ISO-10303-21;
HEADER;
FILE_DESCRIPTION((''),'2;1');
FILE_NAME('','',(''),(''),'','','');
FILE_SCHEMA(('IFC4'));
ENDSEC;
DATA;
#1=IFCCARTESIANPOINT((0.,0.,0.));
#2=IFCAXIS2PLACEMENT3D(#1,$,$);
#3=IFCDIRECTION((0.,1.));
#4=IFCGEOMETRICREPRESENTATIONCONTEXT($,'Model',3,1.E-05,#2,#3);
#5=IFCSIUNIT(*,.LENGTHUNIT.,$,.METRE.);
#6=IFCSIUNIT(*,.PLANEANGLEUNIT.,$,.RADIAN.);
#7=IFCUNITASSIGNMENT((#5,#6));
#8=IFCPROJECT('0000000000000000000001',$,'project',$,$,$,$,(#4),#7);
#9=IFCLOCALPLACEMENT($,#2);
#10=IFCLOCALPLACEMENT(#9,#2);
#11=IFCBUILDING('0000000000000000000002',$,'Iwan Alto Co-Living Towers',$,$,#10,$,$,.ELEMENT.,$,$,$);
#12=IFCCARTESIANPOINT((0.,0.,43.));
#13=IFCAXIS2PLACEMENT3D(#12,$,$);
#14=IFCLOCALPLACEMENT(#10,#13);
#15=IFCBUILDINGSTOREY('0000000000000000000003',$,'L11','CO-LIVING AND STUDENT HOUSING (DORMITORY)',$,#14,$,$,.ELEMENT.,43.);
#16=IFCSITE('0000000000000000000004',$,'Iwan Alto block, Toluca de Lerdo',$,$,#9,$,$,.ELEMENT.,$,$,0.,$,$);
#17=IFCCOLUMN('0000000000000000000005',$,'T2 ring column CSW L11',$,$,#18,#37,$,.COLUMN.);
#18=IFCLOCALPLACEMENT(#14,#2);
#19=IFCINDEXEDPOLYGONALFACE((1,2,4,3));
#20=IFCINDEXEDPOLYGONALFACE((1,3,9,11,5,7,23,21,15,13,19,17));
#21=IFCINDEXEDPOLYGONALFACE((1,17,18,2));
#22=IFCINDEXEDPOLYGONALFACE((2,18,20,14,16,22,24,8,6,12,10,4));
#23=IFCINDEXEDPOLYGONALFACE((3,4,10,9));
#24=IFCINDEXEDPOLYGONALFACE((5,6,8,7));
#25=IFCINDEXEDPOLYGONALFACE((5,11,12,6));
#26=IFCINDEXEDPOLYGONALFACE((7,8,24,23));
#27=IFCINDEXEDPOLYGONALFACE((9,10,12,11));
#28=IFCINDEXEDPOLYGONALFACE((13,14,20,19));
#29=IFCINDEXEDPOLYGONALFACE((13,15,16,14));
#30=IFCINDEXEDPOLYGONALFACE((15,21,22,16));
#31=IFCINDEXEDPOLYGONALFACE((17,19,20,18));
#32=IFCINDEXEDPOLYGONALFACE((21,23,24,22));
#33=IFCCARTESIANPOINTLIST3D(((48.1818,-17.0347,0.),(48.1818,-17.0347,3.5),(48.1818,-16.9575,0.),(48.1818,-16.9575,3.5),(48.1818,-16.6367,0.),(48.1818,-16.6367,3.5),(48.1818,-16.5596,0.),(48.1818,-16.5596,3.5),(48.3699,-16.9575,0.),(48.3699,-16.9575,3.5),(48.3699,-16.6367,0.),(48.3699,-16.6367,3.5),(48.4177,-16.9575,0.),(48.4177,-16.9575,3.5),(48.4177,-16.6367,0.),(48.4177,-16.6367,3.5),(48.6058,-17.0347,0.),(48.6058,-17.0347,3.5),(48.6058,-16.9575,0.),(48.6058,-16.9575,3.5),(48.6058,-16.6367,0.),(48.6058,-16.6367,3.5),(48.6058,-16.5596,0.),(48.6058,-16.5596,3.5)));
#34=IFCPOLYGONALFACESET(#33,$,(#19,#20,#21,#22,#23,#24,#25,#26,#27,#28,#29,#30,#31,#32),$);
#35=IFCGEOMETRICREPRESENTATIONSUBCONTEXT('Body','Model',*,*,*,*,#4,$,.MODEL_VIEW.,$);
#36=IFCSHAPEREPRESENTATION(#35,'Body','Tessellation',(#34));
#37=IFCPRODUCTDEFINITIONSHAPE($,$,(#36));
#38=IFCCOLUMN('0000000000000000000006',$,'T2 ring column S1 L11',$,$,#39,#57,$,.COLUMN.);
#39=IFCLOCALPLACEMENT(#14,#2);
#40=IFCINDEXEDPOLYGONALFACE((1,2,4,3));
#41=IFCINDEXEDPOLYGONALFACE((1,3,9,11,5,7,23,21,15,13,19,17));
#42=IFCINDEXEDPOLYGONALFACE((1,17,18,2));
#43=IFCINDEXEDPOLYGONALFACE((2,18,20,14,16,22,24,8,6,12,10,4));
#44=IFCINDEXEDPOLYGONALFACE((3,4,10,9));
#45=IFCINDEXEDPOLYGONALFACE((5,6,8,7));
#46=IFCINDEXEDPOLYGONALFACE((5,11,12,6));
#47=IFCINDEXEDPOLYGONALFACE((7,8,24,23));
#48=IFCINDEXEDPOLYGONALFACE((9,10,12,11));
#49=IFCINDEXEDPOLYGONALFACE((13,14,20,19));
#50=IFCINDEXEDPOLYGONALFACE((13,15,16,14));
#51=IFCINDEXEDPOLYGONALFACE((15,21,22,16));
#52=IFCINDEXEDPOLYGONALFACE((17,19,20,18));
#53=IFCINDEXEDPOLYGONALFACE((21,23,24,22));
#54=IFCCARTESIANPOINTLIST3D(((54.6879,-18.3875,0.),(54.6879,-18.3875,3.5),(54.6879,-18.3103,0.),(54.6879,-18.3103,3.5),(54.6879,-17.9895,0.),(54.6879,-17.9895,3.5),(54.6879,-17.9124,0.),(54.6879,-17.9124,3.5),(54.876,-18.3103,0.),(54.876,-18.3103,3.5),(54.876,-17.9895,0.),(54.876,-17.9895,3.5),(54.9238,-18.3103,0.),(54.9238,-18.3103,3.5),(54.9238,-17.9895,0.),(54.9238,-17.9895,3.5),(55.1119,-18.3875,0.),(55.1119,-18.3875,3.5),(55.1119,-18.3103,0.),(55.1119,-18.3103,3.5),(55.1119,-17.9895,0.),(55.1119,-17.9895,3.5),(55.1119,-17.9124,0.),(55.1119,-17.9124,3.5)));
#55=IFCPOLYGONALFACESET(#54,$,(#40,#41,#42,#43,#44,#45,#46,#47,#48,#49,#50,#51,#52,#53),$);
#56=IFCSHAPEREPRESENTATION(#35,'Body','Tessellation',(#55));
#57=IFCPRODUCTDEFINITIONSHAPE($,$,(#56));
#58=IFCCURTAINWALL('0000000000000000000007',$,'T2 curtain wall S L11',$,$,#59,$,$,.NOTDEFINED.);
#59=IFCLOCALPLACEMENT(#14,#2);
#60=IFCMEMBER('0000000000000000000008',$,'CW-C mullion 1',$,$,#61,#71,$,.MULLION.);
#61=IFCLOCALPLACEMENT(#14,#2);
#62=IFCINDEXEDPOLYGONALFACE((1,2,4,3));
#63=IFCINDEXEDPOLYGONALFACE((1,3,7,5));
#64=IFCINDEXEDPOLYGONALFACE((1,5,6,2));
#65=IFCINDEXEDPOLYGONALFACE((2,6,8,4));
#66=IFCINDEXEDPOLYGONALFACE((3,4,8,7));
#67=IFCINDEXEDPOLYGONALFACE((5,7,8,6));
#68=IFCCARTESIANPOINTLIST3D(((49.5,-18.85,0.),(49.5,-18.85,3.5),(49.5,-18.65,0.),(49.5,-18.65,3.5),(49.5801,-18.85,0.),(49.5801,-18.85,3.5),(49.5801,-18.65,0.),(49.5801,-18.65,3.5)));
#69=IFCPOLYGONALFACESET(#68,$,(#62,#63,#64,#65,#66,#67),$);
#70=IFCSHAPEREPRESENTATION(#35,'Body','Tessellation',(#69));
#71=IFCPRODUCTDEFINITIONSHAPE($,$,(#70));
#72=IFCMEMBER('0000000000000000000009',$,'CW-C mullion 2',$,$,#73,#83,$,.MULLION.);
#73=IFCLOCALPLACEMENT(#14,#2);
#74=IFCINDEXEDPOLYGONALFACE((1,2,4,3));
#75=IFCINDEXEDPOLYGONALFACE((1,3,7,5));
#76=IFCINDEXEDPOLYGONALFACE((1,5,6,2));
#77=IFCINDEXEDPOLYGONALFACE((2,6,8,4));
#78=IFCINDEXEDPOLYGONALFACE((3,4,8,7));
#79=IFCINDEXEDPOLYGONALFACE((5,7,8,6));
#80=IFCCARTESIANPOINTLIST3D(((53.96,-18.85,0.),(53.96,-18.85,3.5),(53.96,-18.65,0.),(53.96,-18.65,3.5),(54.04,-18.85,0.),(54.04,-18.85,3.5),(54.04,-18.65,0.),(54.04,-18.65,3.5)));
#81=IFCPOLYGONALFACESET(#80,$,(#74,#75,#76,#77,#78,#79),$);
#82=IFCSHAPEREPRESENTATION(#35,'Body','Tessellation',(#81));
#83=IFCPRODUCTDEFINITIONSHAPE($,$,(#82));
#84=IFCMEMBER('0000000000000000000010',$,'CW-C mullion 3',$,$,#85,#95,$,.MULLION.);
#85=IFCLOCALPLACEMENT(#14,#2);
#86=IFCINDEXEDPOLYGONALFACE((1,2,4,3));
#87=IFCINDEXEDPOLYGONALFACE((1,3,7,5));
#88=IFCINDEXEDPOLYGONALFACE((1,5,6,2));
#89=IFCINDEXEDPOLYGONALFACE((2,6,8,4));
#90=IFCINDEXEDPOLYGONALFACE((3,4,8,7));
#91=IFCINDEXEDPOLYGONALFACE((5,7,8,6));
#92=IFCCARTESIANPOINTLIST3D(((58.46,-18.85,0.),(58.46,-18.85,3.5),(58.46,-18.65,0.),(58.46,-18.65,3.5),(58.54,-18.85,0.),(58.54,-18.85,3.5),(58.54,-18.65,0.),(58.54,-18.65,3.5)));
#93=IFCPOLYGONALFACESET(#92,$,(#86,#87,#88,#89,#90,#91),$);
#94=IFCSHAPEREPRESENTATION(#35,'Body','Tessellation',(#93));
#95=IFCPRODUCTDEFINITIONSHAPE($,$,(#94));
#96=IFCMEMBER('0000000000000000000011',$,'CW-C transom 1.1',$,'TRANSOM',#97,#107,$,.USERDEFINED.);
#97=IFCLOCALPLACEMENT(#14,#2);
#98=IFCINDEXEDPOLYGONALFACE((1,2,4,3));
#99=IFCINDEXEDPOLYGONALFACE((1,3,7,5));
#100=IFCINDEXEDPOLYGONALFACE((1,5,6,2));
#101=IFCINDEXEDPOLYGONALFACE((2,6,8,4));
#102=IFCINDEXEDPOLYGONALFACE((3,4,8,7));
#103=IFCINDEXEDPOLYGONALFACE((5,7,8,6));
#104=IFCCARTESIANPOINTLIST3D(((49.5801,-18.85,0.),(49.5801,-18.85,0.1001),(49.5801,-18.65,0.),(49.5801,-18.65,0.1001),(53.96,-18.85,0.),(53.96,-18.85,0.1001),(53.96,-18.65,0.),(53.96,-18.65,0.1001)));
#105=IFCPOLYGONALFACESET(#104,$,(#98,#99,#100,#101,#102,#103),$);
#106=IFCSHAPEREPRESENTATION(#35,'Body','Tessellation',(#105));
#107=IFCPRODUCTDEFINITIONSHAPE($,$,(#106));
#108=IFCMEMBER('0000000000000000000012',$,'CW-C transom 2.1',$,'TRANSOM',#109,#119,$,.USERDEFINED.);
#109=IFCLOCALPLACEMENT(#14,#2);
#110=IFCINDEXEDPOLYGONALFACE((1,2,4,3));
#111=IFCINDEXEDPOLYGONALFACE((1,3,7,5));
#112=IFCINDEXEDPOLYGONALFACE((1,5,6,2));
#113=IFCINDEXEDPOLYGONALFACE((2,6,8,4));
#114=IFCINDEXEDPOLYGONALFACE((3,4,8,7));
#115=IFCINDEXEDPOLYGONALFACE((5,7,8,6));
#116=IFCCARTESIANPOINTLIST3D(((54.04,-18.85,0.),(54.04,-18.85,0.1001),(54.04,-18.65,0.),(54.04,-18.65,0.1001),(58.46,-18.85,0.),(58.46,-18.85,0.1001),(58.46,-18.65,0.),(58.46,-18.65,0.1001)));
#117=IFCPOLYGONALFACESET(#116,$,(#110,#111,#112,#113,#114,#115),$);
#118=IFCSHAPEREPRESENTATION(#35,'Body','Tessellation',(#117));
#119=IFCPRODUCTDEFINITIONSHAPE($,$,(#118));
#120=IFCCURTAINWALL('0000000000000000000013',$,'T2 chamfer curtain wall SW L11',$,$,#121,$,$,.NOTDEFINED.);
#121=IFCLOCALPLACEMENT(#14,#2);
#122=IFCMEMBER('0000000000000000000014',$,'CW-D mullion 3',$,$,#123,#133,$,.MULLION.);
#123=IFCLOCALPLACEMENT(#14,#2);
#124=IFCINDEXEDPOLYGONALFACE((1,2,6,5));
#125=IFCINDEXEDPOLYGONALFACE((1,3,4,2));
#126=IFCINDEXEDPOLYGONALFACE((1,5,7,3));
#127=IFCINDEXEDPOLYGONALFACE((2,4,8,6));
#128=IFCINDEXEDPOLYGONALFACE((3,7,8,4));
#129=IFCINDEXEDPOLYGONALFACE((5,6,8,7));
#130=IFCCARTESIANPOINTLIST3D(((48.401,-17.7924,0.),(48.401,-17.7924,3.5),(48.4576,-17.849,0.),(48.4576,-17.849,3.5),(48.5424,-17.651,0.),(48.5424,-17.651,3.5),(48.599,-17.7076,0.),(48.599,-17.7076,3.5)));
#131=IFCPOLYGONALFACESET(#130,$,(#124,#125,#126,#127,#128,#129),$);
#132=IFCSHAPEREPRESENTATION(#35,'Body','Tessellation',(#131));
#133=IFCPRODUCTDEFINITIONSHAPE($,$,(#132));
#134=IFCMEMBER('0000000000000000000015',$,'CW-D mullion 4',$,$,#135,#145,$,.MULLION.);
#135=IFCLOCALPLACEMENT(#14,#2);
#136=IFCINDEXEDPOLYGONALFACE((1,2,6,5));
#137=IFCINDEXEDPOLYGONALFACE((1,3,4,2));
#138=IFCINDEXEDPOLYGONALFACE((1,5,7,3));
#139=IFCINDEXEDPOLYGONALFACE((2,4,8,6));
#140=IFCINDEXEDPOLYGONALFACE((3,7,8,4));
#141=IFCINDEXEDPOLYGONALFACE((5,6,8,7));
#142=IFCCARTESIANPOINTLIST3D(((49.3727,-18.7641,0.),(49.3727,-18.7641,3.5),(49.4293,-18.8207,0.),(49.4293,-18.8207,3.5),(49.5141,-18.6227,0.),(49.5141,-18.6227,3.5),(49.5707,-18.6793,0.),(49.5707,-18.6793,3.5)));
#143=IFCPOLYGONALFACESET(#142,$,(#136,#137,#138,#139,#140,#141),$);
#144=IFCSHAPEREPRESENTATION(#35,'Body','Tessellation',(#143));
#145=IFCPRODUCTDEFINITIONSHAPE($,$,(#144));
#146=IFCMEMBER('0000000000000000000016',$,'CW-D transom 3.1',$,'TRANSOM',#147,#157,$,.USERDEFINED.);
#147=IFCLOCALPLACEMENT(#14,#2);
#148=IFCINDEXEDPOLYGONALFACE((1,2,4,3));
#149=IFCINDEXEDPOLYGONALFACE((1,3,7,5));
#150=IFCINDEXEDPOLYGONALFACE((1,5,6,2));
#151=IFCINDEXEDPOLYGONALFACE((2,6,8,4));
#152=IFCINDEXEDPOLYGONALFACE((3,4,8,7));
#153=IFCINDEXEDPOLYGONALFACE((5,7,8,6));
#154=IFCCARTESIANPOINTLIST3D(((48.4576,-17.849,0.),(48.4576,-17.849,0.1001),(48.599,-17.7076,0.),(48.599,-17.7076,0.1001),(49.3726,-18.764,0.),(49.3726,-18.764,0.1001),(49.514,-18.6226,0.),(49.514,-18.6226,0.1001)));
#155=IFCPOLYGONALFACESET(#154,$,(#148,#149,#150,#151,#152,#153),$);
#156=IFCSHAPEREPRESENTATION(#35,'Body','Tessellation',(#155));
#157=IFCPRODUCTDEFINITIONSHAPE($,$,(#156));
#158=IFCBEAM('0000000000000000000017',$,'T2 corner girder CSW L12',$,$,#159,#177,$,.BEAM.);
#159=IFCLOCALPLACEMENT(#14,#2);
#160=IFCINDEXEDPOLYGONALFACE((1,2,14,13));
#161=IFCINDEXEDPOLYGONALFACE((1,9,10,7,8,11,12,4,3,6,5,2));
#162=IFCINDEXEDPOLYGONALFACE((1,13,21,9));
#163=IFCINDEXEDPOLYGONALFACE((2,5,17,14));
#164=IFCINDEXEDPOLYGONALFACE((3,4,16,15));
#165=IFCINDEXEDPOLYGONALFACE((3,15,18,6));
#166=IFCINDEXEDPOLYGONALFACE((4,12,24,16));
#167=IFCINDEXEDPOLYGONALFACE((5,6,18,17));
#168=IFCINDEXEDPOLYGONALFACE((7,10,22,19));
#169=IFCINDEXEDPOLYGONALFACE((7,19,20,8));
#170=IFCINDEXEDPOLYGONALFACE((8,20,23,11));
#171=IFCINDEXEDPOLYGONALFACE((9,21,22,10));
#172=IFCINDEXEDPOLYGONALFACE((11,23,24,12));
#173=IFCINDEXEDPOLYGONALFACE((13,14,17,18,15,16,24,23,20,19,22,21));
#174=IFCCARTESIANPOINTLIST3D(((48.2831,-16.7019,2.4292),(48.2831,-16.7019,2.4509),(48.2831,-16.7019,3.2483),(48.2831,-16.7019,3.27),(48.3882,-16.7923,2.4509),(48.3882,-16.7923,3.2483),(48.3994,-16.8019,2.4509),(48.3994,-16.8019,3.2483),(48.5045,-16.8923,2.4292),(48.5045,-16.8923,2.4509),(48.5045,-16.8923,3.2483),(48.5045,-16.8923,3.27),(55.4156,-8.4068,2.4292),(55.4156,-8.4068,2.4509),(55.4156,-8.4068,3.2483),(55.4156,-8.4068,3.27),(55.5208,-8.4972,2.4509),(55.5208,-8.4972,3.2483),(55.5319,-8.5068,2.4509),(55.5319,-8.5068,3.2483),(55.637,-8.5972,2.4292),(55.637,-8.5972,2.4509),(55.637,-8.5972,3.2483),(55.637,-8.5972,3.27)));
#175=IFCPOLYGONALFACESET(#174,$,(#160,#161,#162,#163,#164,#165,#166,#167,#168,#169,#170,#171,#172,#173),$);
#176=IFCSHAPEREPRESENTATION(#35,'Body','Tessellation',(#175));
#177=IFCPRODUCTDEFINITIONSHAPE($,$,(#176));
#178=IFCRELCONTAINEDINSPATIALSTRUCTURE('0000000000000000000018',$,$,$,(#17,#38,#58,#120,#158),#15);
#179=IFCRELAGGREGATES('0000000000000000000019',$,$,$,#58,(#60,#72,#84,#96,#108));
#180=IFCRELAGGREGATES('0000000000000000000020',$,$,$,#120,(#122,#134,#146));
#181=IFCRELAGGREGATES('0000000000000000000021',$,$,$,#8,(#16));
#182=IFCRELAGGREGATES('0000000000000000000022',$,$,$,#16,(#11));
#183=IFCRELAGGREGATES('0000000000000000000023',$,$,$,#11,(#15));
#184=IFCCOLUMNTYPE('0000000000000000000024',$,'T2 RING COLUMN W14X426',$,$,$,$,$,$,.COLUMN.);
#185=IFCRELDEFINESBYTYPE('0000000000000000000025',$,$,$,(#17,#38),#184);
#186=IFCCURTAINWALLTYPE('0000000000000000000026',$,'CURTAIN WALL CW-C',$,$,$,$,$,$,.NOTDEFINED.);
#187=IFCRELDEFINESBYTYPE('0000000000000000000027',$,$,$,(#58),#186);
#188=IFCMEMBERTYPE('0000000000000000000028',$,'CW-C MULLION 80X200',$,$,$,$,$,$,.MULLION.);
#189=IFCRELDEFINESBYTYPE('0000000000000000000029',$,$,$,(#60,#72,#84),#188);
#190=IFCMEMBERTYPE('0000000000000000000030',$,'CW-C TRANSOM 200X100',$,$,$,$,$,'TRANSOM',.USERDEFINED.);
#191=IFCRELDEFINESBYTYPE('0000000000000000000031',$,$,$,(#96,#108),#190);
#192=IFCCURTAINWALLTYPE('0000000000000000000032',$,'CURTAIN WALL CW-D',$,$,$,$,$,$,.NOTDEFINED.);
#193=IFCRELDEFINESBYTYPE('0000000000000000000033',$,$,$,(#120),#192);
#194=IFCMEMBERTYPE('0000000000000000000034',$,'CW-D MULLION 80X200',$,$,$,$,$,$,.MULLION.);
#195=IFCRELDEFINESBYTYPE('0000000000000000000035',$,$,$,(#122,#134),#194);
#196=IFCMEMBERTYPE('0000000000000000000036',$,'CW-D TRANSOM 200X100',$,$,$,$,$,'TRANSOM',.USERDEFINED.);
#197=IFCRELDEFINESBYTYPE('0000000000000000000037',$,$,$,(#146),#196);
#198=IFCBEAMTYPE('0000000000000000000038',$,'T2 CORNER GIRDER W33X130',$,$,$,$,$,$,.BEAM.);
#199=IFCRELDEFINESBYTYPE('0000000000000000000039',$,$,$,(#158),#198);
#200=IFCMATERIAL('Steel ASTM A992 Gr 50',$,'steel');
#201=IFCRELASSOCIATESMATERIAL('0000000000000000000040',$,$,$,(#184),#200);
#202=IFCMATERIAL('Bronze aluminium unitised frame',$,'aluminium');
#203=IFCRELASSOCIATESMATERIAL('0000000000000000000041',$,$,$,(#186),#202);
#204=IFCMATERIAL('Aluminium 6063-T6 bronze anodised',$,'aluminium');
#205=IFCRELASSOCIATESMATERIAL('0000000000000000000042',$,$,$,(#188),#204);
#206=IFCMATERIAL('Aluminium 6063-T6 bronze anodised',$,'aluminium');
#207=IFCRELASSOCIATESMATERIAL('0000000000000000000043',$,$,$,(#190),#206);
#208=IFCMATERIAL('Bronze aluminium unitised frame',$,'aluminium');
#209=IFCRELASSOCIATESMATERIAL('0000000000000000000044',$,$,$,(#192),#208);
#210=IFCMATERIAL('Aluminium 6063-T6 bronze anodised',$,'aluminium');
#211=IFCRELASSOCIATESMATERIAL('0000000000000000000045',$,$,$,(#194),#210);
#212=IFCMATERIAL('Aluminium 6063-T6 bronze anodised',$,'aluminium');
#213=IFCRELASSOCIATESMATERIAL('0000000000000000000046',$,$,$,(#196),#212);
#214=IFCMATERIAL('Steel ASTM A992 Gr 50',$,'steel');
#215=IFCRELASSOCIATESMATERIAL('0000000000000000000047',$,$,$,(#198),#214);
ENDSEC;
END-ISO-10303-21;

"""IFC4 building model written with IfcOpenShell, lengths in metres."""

from ifc_helpers import new_model, si_unit, direction, frame, origin, origin_2d, place, context, subcontext, project, spatial, rectangle, i_section, extrude, material, material_profile, profile_set, type_object, element, aggregate, save


model = new_model("IFC4")

# Units and contexts
model_context = context("Model", 3, precision=1e-05, world=origin(), true_north=direction((0.0, 1.0)))
body_context = subcontext(model_context, "Body", "Model", "MODEL_VIEW")
ifc_project = project(units=[si_unit("LENGTHUNIT", "METRE"), si_unit("PLANEANGLEUNIT", "RADIAN")], contexts=[model_context])

# Site, building, storey
site_placement = place(None, origin())
site = spatial("IfcSite", under=ifc_project, at=site_placement, Name="Iwan Alto block, Toluca de Lerdo", CompositionType="ELEMENT", RefElevation=0.0)
building_placement = place(site_placement, origin())
building = spatial("IfcBuilding", under=site, at=building_placement, Name="Iwan Alto Co-Living Towers", CompositionType="ELEMENT")
storey_placement = place(building_placement, frame((0.0, 0.0, 43.0)))
storey = spatial("IfcBuildingStorey", under=building, at=storey_placement, Name="L11", Description="CO-LIVING AND STUDENT HOUSING (DORMITORY)", CompositionType="ELEMENT", Elevation=43.0)

# Columns
ifc_material_1 = material(Name="Steel ASTM A992 Gr 50", Category="steel")
ifc_material_profile_1 = material_profile(ifc_material_1, i_section(OverallWidth=0.4241, OverallDepth=0.4751, WebThickness=0.0479, FlangeThickness=0.0771, at=origin_2d()), Name="W14X426")
ifc_profile_set_1 = profile_set([ifc_material_profile_1], Name="Steel ASTM A992 Gr 50")
column_type = type_object("IfcColumnType", Name="T2 RING COLUMN W14X426", PredefinedType="COLUMN", material=ifc_profile_set_1)
for number, where, z_axis, x_axis, name in (
    (1, (48.3938, -16.7971, 0.0), (0.0, 0.0, 1.0), (1.0, 0.0, 0.0), "T2 ring column CSW L11"),
    (2, (54.8999, -18.1499, 0.0), (0.0, 0.0, 1.0), (1.0, 0.0, 0.0), "T2 ring column S1 L11"),
):
    element("IfcColumn", number, at=place(storey_placement, frame(where, z_axis=z_axis, x_axis=x_axis)), inside=storey, type_object=column_type, Name=name, PredefinedType="COLUMN", context=body_context, shape_type="SweptSolid", body=[
        extrude(i_section(OverallWidth=0.4241, OverallDepth=0.4751, WebThickness=0.0479, FlangeThickness=0.0771, at=origin_2d()), origin(), (0.0, 0.0, 1.0), 3.5),
    ])

# Curtain walls, members
ifc_material_2 = material(Name="Bronze aluminium unitised frame", Category="aluminium")
curtain_wall_type_1 = type_object("IfcCurtainWallType", Name="CURTAIN WALL CW-C", PredefinedType="NOTDEFINED", material=ifc_material_2)
curtain_wall_1_placement = place(storey_placement, origin())
curtain_wall_1 = element("IfcCurtainWall", 3, at=curtain_wall_1_placement, inside=storey, type_object=curtain_wall_type_1, Name="T2 curtain wall S L11", PredefinedType="NOTDEFINED")
ifc_material_3 = material(Name="Aluminium 6063-T6 bronze anodised", Category="aluminium")
ifc_material_profile_2 = material_profile(ifc_material_3, rectangle(XDim=0.2, YDim=0.0801, at=origin_2d()), Name="AL 80X200")
ifc_profile_set_2 = profile_set([ifc_material_profile_2], Name="Aluminium 6063-T6 bronze anodised")
member_type_1 = type_object("IfcMemberType", Name="CW-C MULLION 80X200", PredefinedType="MULLION", material=ifc_profile_set_2)
member_1_placement = place(storey_placement, frame((49.54, -18.75, 0.0), z_axis=(0.0, 0.0, 1.0), x_axis=(0.0, 1.0, 0.0)))
member_1 = element("IfcMember", 4, at=member_1_placement, type_object=member_type_1, Name="CW-C mullion 1", PredefinedType="MULLION", context=body_context, shape_type="SweptSolid", body=[
    extrude(rectangle(XDim=0.2, YDim=0.0801, at=origin_2d()), origin(), (0.0, 0.0, 1.0), 3.5),
])
member_2_placement = place(storey_placement, frame((54.0, -18.75, 0.0), z_axis=(0.0, 0.0, 1.0), x_axis=(0.0, 1.0, 0.0)))
member_2 = element("IfcMember", 5, at=member_2_placement, type_object=member_type_1, Name="CW-C mullion 2", PredefinedType="MULLION", context=body_context, shape_type="SweptSolid", body=[
    extrude(rectangle(XDim=0.2, YDim=0.0801, at=origin_2d()), origin(), (0.0, 0.0, 1.0), 3.5),
])
member_3_placement = place(storey_placement, frame((58.5, -18.75, 0.0), z_axis=(0.0, 0.0, 1.0), x_axis=(0.0, 1.0, 0.0)))
member_3 = element("IfcMember", 6, at=member_3_placement, type_object=member_type_1, Name="CW-C mullion 3", PredefinedType="MULLION", context=body_context, shape_type="SweptSolid", body=[
    extrude(rectangle(XDim=0.2, YDim=0.0801, at=origin_2d()), origin(), (0.0, 0.0, 1.0), 3.5),
])
ifc_material_4 = material(Name="Aluminium 6063-T6 bronze anodised", Category="aluminium")
ifc_material_profile_3 = material_profile(ifc_material_4, rectangle(XDim=0.2, YDim=0.1001, at=origin_2d()), Name="AL 200X100")
ifc_profile_set_3 = profile_set([ifc_material_profile_3], Name="Aluminium 6063-T6 bronze anodised")
member_type_2 = type_object("IfcMemberType", Name="CW-C TRANSOM 200X100", ElementType="TRANSOM", PredefinedType="USERDEFINED", material=ifc_profile_set_3)
member_4_placement = place(storey_placement, frame((49.5801, -18.75, 0.05), z_axis=(1.0, 0.0, 0.0), x_axis=(0.0, 1.0, 0.0)))
member_4 = element("IfcMember", 7, at=member_4_placement, type_object=member_type_2, Name="CW-C transom 1.1", ObjectType="TRANSOM", PredefinedType="USERDEFINED", context=body_context, shape_type="SweptSolid", body=[
    extrude(rectangle(XDim=0.2, YDim=0.1001, at=origin_2d()), origin(), (0.0, 0.0, 1.0), 4.3799),
])
member_5_placement = place(storey_placement, frame((54.04, -18.75, 0.05), z_axis=(1.0, 0.0, 0.0), x_axis=(0.0, 1.0, 0.0)))
member_5 = element("IfcMember", 8, at=member_5_placement, type_object=member_type_2, Name="CW-C transom 2.1", ObjectType="TRANSOM", PredefinedType="USERDEFINED", context=body_context, shape_type="SweptSolid", body=[
    extrude(rectangle(XDim=0.2, YDim=0.1001, at=origin_2d()), origin(), (0.0, 0.0, 1.0), 4.4199),
])
ifc_material_5 = material(Name="Bronze aluminium unitised frame", Category="aluminium")
curtain_wall_type_2 = type_object("IfcCurtainWallType", Name="CURTAIN WALL CW-D", PredefinedType="NOTDEFINED", material=ifc_material_5)
curtain_wall_2_placement = place(storey_placement, origin())
curtain_wall_2 = element("IfcCurtainWall", 9, at=curtain_wall_2_placement, inside=storey, type_object=curtain_wall_type_2, Name="T2 chamfer curtain wall SW L11", PredefinedType="NOTDEFINED")
ifc_material_6 = material(Name="Aluminium 6063-T6 bronze anodised", Category="aluminium")
ifc_material_profile_4 = material_profile(ifc_material_6, rectangle(XDim=0.2, YDim=0.0801, at=origin_2d()), Name="AL 80X200")
ifc_profile_set_4 = profile_set([ifc_material_profile_4], Name="Aluminium 6063-T6 bronze anodised")
member_type_3 = type_object("IfcMemberType", Name="CW-D MULLION 80X200", PredefinedType="MULLION", material=ifc_profile_set_4)
member_6_placement = place(storey_placement, frame((48.5, -17.75, 0.0), z_axis=(0.0, 0.0, 1.0), x_axis=(0.707107, 0.707107, 0.0)))
member_6 = element("IfcMember", 10, at=member_6_placement, type_object=member_type_3, Name="CW-D mullion 3", PredefinedType="MULLION", context=body_context, shape_type="SweptSolid", body=[
    extrude(rectangle(XDim=0.2, YDim=0.0801, at=origin_2d()), origin(), (0.0, 0.0, 1.0), 3.5),
])
member_7_placement = place(storey_placement, frame((49.4717, -18.7217, 0.0), z_axis=(0.0, 0.0, 1.0), x_axis=(0.707107, 0.707107, 0.0)))
member_7 = element("IfcMember", 11, at=member_7_placement, type_object=member_type_3, Name="CW-D mullion 4", PredefinedType="MULLION", context=body_context, shape_type="SweptSolid", body=[
    extrude(rectangle(XDim=0.2, YDim=0.0801, at=origin_2d()), origin(), (0.0, 0.0, 1.0), 3.5),
])
ifc_material_7 = material(Name="Aluminium 6063-T6 bronze anodised", Category="aluminium")
ifc_material_profile_5 = material_profile(ifc_material_7, rectangle(XDim=0.2, YDim=0.1001, at=origin_2d()), Name="AL 200X100")
ifc_profile_set_5 = profile_set([ifc_material_profile_5], Name="Aluminium 6063-T6 bronze anodised")
member_type_4 = type_object("IfcMemberType", Name="CW-D TRANSOM 200X100", ElementType="TRANSOM", PredefinedType="USERDEFINED", material=ifc_profile_set_5)
member_8_placement = place(storey_placement, frame((48.5283, -17.7783, 0.05), z_axis=(0.707107, -0.707107, 0.0), x_axis=(0.707107, 0.707107, 0.0)))
member_8 = element("IfcMember", 12, at=member_8_placement, type_object=member_type_4, Name="CW-D transom 3.1", ObjectType="TRANSOM", PredefinedType="USERDEFINED", context=body_context, shape_type="SweptSolid", body=[
    extrude(rectangle(XDim=0.2, YDim=0.1001, at=origin_2d()), origin(), (0.0, 0.0, 1.0), 1.2939),
])

# Beam
ifc_material_8 = material(Name="Steel ASTM A992 Gr 50", Category="steel")
ifc_material_profile_6 = material_profile(ifc_material_8, i_section(OverallWidth=0.292, OverallDepth=0.8408, WebThickness=0.0146, FlangeThickness=0.0217, at=origin_2d()), Name="W33X130")
ifc_profile_set_6 = profile_set([ifc_material_profile_6], Name="Steel ASTM A992 Gr 50")
beam_type_1 = type_object("IfcBeamType", Name="T2 CORNER GIRDER W33X130", PredefinedType="BEAM", material=ifc_profile_set_6)
beam_1_placement = place(storey_placement, frame((48.3938, -16.7971, 2.8496), z_axis=(0.651972, 0.758243, 0.0), x_axis=(-0.758243, 0.651972, 0.0)))
element("IfcBeam", 13, at=beam_1_placement, inside=storey, type_object=beam_type_1, Name="T2 corner girder CSW L12", PredefinedType="BEAM", context=body_context, shape_type="SweptSolid", body=[
    extrude(i_section(OverallWidth=0.292, OverallDepth=0.8408, WebThickness=0.0146, FlangeThickness=0.0217, at=origin_2d()), origin(), (0.0, 0.0, 1.0), 10.9399),
])

aggregate(curtain_wall_1, [member_1, member_2, member_3, member_4, member_5])
aggregate(curtain_wall_2, [member_6, member_7, member_8])

save(model, "model.ifc")
